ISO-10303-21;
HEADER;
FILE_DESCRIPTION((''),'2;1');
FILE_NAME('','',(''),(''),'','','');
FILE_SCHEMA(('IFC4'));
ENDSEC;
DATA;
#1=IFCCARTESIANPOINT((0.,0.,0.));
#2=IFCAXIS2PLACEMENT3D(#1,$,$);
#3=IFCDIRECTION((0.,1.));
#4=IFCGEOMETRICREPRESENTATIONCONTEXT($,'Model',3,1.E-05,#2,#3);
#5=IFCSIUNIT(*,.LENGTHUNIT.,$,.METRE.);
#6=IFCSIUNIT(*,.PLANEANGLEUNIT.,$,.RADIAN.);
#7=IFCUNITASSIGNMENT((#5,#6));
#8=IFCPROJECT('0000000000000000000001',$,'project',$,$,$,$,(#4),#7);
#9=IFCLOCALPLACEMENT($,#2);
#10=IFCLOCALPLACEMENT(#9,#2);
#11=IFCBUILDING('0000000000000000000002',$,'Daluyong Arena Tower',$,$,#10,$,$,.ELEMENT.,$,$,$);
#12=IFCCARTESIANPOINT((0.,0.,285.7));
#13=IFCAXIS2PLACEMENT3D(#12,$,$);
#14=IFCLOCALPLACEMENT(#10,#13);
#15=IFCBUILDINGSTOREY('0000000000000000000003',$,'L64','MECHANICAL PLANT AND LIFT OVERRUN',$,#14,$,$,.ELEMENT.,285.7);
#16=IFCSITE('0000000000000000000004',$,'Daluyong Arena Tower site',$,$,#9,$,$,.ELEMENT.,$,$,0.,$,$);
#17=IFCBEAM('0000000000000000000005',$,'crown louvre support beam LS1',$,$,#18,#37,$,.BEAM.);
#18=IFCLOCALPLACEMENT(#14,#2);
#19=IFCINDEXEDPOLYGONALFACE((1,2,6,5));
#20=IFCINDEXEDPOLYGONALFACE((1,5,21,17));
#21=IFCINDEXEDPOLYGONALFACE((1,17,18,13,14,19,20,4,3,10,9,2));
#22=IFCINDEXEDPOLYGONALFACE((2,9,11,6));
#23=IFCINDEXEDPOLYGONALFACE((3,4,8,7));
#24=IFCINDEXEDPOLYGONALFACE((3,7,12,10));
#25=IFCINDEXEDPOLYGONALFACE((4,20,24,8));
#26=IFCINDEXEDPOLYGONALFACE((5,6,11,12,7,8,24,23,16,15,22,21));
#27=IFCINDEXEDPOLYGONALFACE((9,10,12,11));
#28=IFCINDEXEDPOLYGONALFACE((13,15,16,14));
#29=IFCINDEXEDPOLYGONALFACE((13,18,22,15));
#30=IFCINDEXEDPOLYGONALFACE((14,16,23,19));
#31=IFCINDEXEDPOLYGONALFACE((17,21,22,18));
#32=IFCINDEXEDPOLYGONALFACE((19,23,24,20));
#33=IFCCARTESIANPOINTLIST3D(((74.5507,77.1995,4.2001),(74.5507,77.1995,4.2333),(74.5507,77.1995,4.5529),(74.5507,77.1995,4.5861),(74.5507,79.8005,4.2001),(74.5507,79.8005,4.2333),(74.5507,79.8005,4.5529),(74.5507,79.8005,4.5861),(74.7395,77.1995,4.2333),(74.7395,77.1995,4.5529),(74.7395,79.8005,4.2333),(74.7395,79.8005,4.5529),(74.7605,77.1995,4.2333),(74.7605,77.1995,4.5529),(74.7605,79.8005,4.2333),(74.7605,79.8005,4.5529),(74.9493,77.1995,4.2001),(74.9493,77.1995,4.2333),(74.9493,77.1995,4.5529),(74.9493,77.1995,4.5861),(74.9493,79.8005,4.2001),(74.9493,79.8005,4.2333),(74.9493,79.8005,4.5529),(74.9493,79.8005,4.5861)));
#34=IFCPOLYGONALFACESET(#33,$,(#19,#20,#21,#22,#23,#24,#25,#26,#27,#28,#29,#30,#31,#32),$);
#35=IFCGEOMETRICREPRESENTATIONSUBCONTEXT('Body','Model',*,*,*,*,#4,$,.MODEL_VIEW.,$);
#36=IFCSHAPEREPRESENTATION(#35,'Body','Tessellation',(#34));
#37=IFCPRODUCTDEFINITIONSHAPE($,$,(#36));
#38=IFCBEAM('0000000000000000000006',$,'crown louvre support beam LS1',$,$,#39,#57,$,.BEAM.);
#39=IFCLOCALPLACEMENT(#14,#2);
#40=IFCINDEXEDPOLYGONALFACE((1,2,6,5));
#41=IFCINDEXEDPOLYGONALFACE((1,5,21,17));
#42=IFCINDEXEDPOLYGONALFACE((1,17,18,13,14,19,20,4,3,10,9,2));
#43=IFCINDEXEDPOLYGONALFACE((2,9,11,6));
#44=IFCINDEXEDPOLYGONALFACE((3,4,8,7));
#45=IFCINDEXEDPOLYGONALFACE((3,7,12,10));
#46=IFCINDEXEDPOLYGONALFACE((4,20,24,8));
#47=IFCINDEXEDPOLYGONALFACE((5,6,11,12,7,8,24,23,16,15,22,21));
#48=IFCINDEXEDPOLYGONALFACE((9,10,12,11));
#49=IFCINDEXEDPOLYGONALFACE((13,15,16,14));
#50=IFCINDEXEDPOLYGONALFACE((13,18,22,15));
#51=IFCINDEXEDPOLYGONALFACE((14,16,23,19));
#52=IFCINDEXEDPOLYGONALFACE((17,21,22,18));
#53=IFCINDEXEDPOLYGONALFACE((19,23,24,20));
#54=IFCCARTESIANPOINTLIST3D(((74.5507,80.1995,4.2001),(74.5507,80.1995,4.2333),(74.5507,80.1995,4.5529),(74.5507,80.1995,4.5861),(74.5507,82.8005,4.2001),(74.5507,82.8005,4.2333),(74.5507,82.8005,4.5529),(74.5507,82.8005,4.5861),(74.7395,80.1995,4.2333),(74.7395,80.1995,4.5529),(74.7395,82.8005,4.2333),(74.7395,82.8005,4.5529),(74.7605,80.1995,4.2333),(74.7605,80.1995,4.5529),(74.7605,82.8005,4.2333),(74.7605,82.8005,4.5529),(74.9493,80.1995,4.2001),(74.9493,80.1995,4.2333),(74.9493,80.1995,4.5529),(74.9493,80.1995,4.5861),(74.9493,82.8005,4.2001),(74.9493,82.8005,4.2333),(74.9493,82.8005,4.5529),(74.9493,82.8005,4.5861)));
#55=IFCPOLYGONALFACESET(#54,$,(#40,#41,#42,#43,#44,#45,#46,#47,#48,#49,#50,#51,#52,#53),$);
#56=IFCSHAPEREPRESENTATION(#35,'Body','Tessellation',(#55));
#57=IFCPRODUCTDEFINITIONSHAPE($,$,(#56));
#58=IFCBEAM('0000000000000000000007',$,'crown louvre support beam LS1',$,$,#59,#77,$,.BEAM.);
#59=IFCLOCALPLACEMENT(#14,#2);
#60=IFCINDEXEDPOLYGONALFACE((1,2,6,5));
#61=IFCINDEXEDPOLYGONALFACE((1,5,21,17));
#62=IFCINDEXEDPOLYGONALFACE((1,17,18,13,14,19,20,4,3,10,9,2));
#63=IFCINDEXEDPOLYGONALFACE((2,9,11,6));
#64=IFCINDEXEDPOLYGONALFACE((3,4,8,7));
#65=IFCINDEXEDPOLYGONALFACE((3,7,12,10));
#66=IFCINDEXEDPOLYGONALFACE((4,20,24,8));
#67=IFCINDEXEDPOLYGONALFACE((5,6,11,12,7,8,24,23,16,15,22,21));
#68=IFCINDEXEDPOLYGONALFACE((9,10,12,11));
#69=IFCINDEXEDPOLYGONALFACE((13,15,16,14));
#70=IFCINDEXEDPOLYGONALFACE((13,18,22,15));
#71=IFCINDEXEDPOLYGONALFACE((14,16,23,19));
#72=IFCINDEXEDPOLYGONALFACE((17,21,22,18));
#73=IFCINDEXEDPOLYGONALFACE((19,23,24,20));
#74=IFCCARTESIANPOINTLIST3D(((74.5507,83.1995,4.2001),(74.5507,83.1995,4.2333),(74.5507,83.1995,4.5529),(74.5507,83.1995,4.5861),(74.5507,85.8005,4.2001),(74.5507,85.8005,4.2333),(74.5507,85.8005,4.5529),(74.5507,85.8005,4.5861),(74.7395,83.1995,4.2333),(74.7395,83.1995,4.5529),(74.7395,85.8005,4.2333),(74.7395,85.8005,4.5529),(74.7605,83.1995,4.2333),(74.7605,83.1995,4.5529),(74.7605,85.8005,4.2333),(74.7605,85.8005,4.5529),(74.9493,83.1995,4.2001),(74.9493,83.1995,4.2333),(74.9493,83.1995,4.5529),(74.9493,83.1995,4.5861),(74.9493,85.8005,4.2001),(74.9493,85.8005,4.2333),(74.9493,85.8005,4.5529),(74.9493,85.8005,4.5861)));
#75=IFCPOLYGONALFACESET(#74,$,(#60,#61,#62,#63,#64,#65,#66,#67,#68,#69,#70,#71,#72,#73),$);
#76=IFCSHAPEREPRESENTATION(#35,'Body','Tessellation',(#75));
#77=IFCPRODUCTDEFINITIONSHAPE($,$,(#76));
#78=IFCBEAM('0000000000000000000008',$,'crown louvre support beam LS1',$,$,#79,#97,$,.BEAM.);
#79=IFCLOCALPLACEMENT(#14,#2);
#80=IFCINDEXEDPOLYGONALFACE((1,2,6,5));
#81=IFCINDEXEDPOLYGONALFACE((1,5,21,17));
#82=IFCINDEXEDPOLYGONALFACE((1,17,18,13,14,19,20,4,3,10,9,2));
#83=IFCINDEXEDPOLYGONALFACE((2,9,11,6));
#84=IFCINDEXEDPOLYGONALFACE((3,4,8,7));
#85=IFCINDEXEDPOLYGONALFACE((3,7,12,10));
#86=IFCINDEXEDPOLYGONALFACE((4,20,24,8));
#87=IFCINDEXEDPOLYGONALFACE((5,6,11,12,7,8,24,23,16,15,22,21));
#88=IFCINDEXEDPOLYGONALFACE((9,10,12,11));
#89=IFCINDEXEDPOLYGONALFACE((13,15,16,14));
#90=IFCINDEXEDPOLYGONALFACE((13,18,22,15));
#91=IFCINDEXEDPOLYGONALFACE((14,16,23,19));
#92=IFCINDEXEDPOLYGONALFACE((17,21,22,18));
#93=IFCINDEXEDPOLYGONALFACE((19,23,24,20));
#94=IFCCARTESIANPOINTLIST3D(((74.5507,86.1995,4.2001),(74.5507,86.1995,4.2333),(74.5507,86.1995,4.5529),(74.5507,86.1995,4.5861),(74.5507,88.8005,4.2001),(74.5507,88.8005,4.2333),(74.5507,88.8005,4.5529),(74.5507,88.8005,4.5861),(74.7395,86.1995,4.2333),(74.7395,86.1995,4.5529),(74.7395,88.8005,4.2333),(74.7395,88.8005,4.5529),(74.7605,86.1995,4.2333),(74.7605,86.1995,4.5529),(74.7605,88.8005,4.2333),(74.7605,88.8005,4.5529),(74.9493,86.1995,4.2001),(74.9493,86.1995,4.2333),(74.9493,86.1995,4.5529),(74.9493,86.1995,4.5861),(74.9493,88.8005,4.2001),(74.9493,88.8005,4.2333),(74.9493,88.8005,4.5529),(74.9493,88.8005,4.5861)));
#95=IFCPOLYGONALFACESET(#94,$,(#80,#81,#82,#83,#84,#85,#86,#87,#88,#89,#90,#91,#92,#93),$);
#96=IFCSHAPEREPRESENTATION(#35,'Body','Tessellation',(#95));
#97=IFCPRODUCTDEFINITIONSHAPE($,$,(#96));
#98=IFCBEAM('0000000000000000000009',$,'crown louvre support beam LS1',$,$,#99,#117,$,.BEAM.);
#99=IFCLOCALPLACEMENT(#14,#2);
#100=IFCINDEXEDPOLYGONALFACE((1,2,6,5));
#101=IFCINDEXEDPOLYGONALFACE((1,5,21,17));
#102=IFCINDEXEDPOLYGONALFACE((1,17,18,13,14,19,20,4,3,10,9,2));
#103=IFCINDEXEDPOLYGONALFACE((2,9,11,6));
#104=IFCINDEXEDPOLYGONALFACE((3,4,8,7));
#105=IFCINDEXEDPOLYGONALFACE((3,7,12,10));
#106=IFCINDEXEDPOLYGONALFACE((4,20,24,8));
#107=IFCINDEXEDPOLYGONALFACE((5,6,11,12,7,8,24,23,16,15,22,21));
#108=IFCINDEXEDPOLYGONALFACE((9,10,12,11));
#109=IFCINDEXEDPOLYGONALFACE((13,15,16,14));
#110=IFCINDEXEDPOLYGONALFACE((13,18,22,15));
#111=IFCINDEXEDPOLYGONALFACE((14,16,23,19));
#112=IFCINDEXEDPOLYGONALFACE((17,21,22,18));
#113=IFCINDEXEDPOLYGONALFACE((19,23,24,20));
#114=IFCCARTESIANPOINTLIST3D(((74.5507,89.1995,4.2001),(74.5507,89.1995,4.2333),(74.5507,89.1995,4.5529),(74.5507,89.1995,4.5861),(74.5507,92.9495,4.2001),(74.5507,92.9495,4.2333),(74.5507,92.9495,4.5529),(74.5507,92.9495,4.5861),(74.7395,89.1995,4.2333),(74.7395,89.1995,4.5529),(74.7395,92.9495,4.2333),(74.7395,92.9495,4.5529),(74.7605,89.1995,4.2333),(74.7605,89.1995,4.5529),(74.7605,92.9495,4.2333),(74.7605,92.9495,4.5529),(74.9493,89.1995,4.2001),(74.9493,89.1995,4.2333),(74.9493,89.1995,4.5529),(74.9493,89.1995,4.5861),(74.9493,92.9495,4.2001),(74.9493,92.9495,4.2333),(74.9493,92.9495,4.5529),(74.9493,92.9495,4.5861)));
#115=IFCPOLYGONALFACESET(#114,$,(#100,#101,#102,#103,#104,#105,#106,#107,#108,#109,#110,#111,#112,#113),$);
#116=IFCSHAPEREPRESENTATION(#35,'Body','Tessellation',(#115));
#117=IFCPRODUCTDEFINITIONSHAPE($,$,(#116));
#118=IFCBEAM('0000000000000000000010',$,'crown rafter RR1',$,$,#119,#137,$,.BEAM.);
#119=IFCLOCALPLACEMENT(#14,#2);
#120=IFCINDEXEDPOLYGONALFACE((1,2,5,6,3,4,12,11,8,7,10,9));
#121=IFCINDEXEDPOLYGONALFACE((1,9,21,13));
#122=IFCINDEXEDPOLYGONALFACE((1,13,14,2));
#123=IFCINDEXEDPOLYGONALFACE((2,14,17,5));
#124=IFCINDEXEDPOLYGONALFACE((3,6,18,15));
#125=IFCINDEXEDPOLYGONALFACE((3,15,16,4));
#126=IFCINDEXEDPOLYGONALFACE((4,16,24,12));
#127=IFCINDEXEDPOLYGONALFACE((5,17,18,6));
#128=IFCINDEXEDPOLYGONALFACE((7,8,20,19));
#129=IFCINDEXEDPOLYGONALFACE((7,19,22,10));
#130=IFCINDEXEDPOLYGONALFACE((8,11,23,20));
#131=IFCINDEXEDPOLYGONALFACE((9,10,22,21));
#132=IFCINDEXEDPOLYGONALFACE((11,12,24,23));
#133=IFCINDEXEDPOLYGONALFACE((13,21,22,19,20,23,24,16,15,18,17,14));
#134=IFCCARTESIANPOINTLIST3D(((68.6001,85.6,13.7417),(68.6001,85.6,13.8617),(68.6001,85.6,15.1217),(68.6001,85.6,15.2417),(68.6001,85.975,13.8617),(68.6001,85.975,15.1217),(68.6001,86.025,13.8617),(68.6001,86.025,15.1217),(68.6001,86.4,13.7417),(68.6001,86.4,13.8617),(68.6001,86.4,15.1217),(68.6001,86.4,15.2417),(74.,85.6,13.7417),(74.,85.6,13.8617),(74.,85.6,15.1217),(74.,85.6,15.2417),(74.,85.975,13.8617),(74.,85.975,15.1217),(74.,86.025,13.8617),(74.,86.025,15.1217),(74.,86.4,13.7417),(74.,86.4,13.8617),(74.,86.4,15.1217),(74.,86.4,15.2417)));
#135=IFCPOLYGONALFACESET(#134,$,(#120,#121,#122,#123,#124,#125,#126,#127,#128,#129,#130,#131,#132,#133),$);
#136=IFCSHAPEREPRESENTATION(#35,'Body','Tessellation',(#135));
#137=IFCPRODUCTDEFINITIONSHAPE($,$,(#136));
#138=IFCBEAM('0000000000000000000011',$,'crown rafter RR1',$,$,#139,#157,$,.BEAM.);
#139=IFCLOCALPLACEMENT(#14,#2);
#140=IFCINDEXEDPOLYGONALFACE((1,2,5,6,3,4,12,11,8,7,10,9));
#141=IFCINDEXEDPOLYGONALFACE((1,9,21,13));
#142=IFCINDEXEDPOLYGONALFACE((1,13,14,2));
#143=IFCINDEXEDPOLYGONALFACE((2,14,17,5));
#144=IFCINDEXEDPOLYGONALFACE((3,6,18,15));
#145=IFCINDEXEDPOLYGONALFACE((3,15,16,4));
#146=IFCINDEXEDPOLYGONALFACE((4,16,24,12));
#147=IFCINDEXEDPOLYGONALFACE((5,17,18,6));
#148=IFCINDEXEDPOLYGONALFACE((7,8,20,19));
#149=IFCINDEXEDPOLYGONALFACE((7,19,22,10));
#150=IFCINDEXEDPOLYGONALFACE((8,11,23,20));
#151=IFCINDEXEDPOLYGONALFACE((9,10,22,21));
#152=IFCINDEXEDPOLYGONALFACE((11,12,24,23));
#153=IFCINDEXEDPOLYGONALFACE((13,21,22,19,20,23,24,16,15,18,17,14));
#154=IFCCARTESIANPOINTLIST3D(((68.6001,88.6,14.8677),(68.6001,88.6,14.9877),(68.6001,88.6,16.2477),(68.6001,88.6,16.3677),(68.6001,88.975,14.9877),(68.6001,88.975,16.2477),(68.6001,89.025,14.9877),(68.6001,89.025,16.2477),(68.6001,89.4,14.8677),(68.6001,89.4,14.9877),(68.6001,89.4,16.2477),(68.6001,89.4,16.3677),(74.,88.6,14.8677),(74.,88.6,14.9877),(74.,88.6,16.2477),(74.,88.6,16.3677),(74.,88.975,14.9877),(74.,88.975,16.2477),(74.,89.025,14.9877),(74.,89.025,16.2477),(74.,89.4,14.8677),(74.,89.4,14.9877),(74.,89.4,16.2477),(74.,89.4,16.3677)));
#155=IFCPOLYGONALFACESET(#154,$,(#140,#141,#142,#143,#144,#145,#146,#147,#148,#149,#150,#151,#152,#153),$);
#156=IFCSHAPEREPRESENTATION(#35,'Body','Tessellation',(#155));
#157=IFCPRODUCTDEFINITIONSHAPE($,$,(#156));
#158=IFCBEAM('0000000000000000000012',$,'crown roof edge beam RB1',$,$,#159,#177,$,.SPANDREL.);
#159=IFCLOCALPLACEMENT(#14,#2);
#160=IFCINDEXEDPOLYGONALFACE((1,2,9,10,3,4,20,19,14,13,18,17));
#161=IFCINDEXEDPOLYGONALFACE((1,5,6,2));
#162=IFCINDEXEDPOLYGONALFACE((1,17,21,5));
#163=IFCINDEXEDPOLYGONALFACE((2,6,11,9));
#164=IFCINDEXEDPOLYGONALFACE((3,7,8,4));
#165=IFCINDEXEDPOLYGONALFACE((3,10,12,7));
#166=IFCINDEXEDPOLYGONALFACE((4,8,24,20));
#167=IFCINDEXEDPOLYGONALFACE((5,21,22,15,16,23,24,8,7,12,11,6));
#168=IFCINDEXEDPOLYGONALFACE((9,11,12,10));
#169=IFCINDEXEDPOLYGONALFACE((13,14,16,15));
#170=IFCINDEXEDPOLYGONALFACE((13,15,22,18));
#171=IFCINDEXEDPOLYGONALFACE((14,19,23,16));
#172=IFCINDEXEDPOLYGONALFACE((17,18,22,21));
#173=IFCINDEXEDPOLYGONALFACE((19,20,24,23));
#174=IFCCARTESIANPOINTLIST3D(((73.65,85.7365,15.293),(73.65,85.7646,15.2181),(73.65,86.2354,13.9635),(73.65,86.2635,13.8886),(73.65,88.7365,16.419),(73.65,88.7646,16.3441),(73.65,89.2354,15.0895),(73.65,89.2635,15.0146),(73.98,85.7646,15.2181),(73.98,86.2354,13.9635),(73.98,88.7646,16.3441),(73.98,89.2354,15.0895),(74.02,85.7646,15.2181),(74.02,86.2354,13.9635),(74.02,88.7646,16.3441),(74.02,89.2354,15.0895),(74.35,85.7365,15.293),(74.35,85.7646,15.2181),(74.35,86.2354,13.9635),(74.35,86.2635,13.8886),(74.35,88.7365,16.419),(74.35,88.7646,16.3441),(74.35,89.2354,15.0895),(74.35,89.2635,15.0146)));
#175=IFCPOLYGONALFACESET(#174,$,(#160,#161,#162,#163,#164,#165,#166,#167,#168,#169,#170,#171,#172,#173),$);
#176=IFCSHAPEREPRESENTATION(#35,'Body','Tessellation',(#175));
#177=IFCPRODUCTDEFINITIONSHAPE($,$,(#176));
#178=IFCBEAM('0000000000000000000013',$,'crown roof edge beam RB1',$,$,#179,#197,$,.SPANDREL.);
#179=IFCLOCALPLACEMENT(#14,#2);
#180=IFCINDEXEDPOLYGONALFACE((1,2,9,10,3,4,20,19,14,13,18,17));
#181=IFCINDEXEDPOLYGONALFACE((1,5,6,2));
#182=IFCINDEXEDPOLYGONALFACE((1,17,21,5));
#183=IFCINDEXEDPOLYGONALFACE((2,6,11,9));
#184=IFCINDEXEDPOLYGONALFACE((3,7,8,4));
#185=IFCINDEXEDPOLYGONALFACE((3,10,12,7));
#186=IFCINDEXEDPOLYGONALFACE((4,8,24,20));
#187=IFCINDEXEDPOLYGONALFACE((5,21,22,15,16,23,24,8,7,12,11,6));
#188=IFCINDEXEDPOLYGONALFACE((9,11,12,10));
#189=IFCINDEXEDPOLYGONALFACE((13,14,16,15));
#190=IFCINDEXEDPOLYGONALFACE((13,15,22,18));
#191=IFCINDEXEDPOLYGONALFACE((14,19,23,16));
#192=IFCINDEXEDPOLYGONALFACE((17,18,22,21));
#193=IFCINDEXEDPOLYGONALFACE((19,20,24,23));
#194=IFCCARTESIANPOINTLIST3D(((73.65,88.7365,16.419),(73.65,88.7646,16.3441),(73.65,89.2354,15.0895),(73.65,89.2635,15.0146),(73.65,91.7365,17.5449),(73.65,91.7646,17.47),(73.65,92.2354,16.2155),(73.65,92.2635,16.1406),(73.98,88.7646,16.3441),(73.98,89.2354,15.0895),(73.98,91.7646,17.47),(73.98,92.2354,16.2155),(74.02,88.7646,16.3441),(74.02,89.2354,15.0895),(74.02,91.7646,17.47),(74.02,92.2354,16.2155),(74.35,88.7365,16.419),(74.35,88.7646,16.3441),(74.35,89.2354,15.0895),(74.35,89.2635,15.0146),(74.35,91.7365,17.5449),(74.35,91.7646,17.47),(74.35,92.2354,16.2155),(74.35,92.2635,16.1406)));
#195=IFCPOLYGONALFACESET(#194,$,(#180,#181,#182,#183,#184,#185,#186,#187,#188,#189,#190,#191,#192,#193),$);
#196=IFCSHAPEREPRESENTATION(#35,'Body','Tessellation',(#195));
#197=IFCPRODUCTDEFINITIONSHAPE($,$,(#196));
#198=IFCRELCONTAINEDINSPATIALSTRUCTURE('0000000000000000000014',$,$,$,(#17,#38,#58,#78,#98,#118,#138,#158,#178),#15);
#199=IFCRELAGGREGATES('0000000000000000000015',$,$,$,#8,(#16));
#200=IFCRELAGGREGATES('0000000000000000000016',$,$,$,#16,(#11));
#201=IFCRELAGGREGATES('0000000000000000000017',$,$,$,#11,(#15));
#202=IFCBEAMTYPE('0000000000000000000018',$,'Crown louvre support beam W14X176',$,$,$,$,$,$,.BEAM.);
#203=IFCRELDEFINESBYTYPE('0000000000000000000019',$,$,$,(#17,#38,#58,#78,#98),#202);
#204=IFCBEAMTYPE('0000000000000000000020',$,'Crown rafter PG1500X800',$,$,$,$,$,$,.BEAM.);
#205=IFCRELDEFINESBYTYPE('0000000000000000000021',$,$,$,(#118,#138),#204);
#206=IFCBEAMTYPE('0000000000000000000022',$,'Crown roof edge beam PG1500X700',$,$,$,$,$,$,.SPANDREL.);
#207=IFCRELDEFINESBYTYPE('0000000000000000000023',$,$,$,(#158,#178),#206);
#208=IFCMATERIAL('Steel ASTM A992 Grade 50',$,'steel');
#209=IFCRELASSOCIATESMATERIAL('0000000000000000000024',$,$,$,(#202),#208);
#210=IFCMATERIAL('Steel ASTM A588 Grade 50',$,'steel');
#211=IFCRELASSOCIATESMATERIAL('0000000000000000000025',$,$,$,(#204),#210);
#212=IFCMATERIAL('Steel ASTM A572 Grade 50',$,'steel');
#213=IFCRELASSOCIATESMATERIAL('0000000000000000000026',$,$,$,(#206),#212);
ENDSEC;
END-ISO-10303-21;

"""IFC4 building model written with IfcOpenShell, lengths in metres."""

from ifc_helpers import new_model, si_unit, direction, frame, origin, origin_2d, place, context, subcontext, project, spatial, i_section, extrude, material, material_profile, profile_set, type_object, element, save


model = new_model("IFC4")

# Units and contexts
model_context = context("Model", 3, precision=1e-05, world=origin(), true_north=direction((0.0, 1.0)))
body_context = subcontext(model_context, "Body", "Model", "MODEL_VIEW")
ifc_project = project(units=[si_unit("LENGTHUNIT", "METRE"), si_unit("PLANEANGLEUNIT", "RADIAN")], contexts=[model_context])

# Site, building, storey
site_placement = place(None, origin())
site = spatial("IfcSite", under=ifc_project, at=site_placement, Name="Daluyong Arena Tower site", CompositionType="ELEMENT", RefElevation=0.0)
building_placement = place(site_placement, origin())
building = spatial("IfcBuilding", under=site, at=building_placement, Name="Daluyong Arena Tower", CompositionType="ELEMENT")
storey_placement = place(building_placement, frame((0.0, 0.0, 285.7)))
storey = spatial("IfcBuildingStorey", under=building, at=storey_placement, Name="L64", Description="MECHANICAL PLANT AND LIFT OVERRUN", CompositionType="ELEMENT", Elevation=285.7)

# Beams
ifc_material_1 = material(Name="Steel ASTM A992 Grade 50", Category="steel")
ifc_material_profile_1 = material_profile(ifc_material_1, i_section(OverallWidth=0.3987, OverallDepth=0.386, WebThickness=0.021, FlangeThickness=0.0332, at=origin_2d()))
ifc_profile_set_1 = profile_set([ifc_material_profile_1], Name="Steel ASTM A992 Grade 50")
beam_type_1 = type_object("IfcBeamType", Name="Crown louvre support beam W14X176", PredefinedType="BEAM", material=ifc_profile_set_1)
for number, where, z_axis, x_axis, name in (
    (1, (74.75, 77.1995, 4.3931), (0.0, 1.0, 0.0), (-1.0, 0.0, 0.0), "crown louvre support beam LS1"),
    (2, (74.75, 80.1995, 4.3931), (0.0, 1.0, 0.0), (-1.0, 0.0, 0.0), "crown louvre support beam LS1"),
    (3, (74.75, 83.1995, 4.3931), (0.0, 1.0, 0.0), (-1.0, 0.0, 0.0), "crown louvre support beam LS1"),
    (4, (74.75, 86.1995, 4.3931), (0.0, 1.0, 0.0), (-1.0, 0.0, 0.0), "crown louvre support beam LS1"),
):
    element("IfcBeam", number, at=place(storey_placement, frame(where, z_axis=z_axis, x_axis=x_axis)), inside=storey, type_object=beam_type_1, Name=name, PredefinedType="BEAM", context=body_context, shape_type="SweptSolid", body=[
        extrude(i_section(OverallWidth=0.3987, OverallDepth=0.386, WebThickness=0.021, FlangeThickness=0.0332, at=origin_2d()), origin(), (0.0, 0.0, 1.0), 2.6011),
    ])
beam_1_placement = place(storey_placement, frame((74.75, 89.1995, 4.3931), z_axis=(0.0, 1.0, 0.0), x_axis=(-1.0, 0.0, 0.0)))
element("IfcBeam", 5, at=beam_1_placement, inside=storey, type_object=beam_type_1, Name="crown louvre support beam LS1", PredefinedType="BEAM", context=body_context, shape_type="SweptSolid", body=[
    extrude(i_section(OverallWidth=0.3987, OverallDepth=0.386, WebThickness=0.021, FlangeThickness=0.0332, at=origin_2d()), origin(), (0.0, 0.0, 1.0), 3.75),
])
ifc_material_2 = material(Name="Steel ASTM A588 Grade 50", Category="steel")
ifc_material_profile_2 = material_profile(ifc_material_2, i_section(OverallWidth=0.8, OverallDepth=1.5, WebThickness=0.05, FlangeThickness=0.12, at=origin_2d()))
ifc_profile_set_2 = profile_set([ifc_material_profile_2], Name="Steel ASTM A588 Grade 50")
beam_type_2 = type_object("IfcBeamType", Name="Crown rafter PG1500X800", PredefinedType="BEAM", material=ifc_profile_set_2)
for number, where, z_axis, x_axis, name in (
    (6, (74.0, 86.0, 14.4917), (-1.0, 0.0, 0.0), (0.0, -1.0, 0.0), "crown rafter RR1"),
    (7, (74.0, 89.0, 15.6177), (-1.0, 0.0, 0.0), (0.0, -1.0, 0.0), "crown rafter RR1"),
):
    element("IfcBeam", number, at=place(storey_placement, frame(where, z_axis=z_axis, x_axis=x_axis)), inside=storey, type_object=beam_type_2, Name=name, PredefinedType="BEAM", context=body_context, shape_type="SweptSolid", body=[
        extrude(i_section(OverallWidth=0.8, OverallDepth=1.5, WebThickness=0.05, FlangeThickness=0.12, at=origin_2d()), origin(), (0.0, 0.0, 1.0), 5.3999),
    ])
ifc_material_3 = material(Name="Steel ASTM A572 Grade 50", Category="steel")
ifc_material_profile_3 = material_profile(ifc_material_3, i_section(OverallWidth=0.7, OverallDepth=1.5, WebThickness=0.04, FlangeThickness=0.08, at=origin_2d()))
ifc_profile_set_3 = profile_set([ifc_material_profile_3], Name="Steel ASTM A572 Grade 50")
beam_type_3 = type_object("IfcBeamType", Name="Crown roof edge beam PG1500X700", PredefinedType="SPANDREL", material=ifc_profile_set_3)
for number, where, z_axis, x_axis, name in (
    (8, (74.0, 86.0, 14.5908), (0.0, 0.936229, 0.351391), (-1.0, 0.0, 0.0), "crown roof edge beam RB1"),
    (9, (74.0, 89.0, 15.7168), (0.0, 0.936229, 0.351391), (-1.0, 0.0, 0.0), "crown roof edge beam RB1"),
):
    element("IfcBeam", number, at=place(storey_placement, frame(where, z_axis=z_axis, x_axis=x_axis)), inside=storey, type_object=beam_type_3, Name=name, PredefinedType="SPANDREL", context=body_context, shape_type="SweptSolid", body=[
        extrude(i_section(OverallWidth=0.7, OverallDepth=1.5, WebThickness=0.04, FlangeThickness=0.08, at=origin_2d()), origin(), (0.0, 0.0, 1.0), 3.2043),
    ])

save(model, "model.ifc")
